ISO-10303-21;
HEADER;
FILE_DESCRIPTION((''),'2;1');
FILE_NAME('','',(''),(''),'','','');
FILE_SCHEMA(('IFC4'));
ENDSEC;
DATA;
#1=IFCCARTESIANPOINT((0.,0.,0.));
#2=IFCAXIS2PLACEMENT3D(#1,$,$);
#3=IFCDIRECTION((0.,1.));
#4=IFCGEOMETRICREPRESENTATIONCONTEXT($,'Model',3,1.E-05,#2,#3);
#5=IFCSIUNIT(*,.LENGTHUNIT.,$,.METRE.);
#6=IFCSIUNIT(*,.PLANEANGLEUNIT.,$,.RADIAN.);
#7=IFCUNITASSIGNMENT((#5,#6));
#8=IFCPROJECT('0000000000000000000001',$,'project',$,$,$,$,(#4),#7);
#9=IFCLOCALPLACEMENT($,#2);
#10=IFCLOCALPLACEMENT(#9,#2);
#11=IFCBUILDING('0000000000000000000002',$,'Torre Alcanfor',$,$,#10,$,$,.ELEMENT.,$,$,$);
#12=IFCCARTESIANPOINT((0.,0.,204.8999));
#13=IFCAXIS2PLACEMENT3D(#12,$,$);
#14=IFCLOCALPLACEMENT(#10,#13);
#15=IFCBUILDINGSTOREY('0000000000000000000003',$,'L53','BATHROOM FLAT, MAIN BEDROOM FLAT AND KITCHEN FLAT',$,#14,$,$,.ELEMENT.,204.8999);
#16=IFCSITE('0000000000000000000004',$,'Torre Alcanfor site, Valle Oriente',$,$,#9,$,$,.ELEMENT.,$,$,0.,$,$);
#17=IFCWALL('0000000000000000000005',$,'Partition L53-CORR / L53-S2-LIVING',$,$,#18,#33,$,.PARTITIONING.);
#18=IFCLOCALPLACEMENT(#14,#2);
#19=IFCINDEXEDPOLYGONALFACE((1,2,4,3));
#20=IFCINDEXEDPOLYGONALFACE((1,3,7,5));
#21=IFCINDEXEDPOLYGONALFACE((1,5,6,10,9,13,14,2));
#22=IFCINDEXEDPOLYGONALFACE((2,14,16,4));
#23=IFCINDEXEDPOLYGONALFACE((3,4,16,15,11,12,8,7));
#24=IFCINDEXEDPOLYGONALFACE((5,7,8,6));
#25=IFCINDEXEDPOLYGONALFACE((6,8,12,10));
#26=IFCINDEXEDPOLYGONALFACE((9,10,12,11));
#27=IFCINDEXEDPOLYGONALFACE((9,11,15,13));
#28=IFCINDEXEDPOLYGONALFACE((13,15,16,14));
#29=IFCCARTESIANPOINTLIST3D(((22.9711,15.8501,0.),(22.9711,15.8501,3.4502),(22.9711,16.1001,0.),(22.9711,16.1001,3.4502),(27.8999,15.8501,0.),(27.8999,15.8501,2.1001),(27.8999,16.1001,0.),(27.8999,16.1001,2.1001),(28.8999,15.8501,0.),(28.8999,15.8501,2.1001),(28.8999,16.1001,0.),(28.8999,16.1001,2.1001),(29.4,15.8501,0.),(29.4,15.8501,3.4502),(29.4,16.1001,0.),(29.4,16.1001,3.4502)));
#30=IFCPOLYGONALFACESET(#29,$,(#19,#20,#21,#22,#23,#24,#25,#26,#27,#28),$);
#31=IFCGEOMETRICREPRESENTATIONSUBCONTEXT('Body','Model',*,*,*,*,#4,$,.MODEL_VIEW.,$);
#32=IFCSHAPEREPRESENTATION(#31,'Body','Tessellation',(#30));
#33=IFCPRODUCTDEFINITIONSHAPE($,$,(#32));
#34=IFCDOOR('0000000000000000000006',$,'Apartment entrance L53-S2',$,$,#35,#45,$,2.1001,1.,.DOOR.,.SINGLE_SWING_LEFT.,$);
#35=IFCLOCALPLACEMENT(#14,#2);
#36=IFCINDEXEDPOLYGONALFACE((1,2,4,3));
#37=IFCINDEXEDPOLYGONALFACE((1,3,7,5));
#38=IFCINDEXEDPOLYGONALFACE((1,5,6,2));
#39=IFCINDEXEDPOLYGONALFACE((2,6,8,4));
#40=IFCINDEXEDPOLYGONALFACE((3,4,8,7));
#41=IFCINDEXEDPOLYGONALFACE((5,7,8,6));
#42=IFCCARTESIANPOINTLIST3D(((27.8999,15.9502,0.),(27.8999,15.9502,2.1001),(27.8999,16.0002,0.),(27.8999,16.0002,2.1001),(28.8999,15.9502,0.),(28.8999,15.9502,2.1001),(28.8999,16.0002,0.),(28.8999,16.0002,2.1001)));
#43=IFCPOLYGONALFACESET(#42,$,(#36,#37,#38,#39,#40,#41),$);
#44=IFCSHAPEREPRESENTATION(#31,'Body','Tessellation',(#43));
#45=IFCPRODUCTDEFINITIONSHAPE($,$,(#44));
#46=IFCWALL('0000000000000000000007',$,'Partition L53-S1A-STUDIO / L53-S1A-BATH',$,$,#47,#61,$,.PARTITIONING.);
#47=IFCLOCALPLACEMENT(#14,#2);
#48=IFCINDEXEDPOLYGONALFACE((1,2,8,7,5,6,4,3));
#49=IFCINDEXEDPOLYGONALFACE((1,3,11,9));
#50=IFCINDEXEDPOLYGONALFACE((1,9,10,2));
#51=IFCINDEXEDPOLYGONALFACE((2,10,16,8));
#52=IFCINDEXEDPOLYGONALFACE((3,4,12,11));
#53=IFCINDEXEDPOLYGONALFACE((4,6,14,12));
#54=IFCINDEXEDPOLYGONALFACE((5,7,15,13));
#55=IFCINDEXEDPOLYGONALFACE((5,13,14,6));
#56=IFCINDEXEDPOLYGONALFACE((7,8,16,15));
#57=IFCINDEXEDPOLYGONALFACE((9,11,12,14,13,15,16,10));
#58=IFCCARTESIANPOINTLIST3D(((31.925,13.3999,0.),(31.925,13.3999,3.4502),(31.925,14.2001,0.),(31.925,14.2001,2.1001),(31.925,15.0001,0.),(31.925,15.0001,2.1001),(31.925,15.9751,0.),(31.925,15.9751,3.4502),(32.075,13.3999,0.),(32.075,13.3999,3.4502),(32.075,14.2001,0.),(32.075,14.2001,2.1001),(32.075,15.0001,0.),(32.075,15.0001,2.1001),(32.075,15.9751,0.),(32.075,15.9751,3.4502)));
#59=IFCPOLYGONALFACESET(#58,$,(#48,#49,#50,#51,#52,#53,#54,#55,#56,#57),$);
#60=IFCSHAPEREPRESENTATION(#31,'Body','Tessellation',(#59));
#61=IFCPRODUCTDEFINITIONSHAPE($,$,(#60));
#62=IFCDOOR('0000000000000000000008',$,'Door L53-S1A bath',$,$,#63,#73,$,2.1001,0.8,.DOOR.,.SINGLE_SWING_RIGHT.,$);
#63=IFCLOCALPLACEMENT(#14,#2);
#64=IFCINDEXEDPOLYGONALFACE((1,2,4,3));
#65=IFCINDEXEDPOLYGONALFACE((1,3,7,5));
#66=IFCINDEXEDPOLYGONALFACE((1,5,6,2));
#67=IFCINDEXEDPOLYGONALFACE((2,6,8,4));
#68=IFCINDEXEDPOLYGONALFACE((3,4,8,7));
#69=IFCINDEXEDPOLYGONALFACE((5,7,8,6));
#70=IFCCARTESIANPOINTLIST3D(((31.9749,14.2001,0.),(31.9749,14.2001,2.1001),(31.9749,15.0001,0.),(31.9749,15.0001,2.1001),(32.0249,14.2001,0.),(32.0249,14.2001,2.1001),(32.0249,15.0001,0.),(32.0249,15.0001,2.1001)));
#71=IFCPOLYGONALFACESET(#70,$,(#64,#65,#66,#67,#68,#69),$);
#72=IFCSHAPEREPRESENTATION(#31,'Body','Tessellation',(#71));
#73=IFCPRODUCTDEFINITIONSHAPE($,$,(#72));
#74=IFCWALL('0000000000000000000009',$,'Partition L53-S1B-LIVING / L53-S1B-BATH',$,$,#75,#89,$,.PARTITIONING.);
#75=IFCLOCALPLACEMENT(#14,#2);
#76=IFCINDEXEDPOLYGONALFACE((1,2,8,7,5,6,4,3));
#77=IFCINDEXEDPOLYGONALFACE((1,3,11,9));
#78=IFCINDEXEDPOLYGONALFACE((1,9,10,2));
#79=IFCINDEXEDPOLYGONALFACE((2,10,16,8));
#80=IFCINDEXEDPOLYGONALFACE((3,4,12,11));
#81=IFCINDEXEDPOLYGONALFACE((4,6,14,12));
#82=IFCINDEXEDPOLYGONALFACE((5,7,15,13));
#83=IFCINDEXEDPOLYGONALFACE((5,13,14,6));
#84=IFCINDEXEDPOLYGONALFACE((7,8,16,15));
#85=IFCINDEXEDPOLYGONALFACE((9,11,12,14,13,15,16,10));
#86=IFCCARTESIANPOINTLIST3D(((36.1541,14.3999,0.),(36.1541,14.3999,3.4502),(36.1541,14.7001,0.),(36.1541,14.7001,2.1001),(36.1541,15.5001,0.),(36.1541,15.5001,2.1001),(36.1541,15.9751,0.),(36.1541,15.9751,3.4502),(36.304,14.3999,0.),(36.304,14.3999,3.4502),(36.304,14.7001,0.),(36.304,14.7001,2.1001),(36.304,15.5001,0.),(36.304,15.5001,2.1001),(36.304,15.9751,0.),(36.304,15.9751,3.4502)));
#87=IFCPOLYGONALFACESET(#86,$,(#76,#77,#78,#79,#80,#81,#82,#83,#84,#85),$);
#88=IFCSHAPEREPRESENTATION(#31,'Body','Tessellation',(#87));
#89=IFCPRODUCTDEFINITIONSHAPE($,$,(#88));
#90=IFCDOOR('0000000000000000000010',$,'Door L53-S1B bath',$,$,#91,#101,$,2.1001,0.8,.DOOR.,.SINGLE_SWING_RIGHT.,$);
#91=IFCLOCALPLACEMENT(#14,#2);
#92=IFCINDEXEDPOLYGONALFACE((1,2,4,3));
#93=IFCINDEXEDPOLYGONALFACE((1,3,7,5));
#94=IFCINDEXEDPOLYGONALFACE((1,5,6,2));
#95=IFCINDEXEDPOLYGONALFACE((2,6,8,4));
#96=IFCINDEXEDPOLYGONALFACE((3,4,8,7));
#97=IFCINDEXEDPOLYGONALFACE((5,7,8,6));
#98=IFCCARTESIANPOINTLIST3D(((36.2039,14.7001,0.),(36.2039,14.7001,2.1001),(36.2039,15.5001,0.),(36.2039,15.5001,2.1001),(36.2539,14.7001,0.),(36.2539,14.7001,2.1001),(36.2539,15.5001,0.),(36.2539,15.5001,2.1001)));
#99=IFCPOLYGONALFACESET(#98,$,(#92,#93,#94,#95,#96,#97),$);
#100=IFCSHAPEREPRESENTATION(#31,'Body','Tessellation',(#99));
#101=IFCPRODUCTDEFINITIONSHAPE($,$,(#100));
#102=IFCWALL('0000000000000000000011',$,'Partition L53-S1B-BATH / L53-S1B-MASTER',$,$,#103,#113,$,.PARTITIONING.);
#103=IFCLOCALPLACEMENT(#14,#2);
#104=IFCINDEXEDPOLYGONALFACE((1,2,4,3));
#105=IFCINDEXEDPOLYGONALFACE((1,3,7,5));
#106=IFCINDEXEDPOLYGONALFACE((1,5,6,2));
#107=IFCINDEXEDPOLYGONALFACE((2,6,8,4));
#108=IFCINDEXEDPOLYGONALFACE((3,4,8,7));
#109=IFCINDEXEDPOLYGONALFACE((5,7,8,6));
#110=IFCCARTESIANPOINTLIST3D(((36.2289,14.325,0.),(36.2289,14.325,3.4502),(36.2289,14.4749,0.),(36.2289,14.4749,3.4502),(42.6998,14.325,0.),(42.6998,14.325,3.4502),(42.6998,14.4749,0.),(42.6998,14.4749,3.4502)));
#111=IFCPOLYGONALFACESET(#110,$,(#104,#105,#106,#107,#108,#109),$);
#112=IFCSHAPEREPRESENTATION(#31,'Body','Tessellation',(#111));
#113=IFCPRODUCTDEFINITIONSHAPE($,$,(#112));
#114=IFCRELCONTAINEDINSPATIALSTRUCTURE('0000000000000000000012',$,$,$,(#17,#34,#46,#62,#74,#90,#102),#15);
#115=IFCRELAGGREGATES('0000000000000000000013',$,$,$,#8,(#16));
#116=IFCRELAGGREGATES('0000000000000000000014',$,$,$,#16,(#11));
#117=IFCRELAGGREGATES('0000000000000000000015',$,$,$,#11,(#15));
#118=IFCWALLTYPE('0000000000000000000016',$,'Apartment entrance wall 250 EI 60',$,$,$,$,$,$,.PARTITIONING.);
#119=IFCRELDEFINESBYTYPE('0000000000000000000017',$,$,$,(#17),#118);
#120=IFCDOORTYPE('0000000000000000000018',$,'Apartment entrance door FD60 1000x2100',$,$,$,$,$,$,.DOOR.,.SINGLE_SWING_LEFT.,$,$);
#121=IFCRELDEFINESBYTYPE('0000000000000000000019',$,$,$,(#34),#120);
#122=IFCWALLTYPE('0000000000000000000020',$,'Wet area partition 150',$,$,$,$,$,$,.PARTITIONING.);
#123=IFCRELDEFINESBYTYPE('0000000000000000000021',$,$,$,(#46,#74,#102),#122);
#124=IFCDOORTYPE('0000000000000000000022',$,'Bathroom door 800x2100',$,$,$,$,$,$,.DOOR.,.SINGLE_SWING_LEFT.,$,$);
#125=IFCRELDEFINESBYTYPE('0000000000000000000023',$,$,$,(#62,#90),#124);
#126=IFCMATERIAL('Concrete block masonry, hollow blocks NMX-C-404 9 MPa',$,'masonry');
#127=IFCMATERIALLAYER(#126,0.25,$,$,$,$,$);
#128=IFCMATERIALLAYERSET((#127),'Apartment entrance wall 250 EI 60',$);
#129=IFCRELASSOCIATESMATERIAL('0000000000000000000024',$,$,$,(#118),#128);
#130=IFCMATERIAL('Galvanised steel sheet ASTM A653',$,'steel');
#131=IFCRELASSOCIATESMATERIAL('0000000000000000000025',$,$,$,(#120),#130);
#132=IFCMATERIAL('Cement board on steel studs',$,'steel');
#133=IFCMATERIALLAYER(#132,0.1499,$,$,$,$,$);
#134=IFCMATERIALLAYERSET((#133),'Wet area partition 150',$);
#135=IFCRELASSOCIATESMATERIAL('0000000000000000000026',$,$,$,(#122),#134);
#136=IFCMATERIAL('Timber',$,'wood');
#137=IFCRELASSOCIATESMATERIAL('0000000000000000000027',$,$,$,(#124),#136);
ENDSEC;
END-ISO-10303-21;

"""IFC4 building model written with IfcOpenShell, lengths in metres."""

from ifc_helpers import new_model, si_unit, direction, frame, frame_2d, origin, place, context, subcontext, project, spatial, rectangle, extrude, material, layer, layer_set, type_object, element, fill, save


model = new_model("IFC4")

# Units and contexts
model_context = context("Model", 3, precision=1e-05, world=origin(), true_north=direction((0.0, 1.0)))
body_context = subcontext(model_context, "Body", "Model", "MODEL_VIEW")
ifc_project = project(units=[si_unit("LENGTHUNIT", "METRE"), si_unit("PLANEANGLEUNIT", "RADIAN")], contexts=[model_context])

# Site, building, storey
site_placement = place(None, origin())
site = spatial("IfcSite", under=ifc_project, at=site_placement, Name="Torre Alcanfor site, Valle Oriente", CompositionType="ELEMENT", RefElevation=0.0)
building_placement = place(site_placement, origin())
building = spatial("IfcBuilding", under=site, at=building_placement, Name="Torre Alcanfor", CompositionType="ELEMENT")
storey_placement = place(building_placement, frame((0.0, 0.0, 204.8999)))
storey = spatial("IfcBuildingStorey", under=building, at=storey_placement, Name="L53", Description="BATHROOM FLAT, MAIN BEDROOM FLAT AND KITCHEN FLAT", CompositionType="ELEMENT", Elevation=204.8999)

# Shared definitions
ifc_material_1 = material(Name="Concrete block masonry, hollow blocks NMX-C-404 9 MPa", Category="masonry")
ifc_layer_1 = layer(ifc_material_1, 0.25)
ifc_layer_set_1 = layer_set([ifc_layer_1], Name="Apartment entrance wall 250 EI 60")
wall_type_1 = type_object("IfcWallType", Name="Apartment entrance wall 250 EI 60", PredefinedType="PARTITIONING", material=ifc_layer_set_1)
ifc_material_2 = material(Name="Galvanised steel sheet ASTM A653", Category="steel")
door_type_1 = type_object("IfcDoorType", Name="Apartment entrance door FD60 1000x2100", OperationType="SINGLE_SWING_LEFT", PredefinedType="DOOR", material=ifc_material_2)

# Walls, openings, doors
wall_1_placement = place(storey_placement, frame((29.3999, 15.9751, 0.0), z_axis=(0.0, 0.0, 1.0), x_axis=(-1.0, 0.0, 0.0)))
wall_1 = element("IfcWall", 1, at=wall_1_placement, inside=storey, type_object=wall_type_1, Name="Partition L53-CORR / L53-S2-LIVING", PredefinedType="PARTITIONING", context=body_context, shape_type="SweptSolid", body=[
    extrude(rectangle(XDim=6.429, YDim=0.25, at=frame_2d((3.2144, 0.0))), origin(), (0.0, 0.0, 1.0), 3.4502),
])
opening_1_placement = place(wall_1_placement, frame((0.5, 0.0, 0.0)))
opening_1 = element("IfcOpeningElement", 2, at=opening_1_placement, cuts=wall_1, PredefinedType="OPENING", context=body_context, shape_type="SweptSolid", body=[
    extrude(rectangle(XDim=1.0, YDim=2.1001, at=frame_2d((0.5, 1.05))), frame((0.0, 0.135, 0.0), z_axis=(0.0, -1.0, 0.0), x_axis=(1.0, 0.0, 0.0)), (0.0, 0.0, 1.0), 0.27),
])
door_1_placement = place(opening_1_placement, origin())
door_1 = element("IfcDoor", 3, at=door_1_placement, inside=storey, type_object=door_type_1, Name="Apartment entrance L53-S2", OperationType="SINGLE_SWING_LEFT", OverallHeight=2.1001, OverallWidth=1.0, PredefinedType="DOOR", context=body_context, shape_type="SweptSolid", body=[
    extrude(rectangle(XDim=1.0, YDim=2.1001, at=frame_2d((0.5, 1.05))), frame((0.0, 0.0249, 0.0), z_axis=(0.0, -1.0, 0.0), x_axis=(1.0, 0.0, 0.0)), (0.0, 0.0, 1.0), 0.05),
])
fill(opening_1, door_1)
ifc_material_3 = material(Name="Cement board on steel studs", Category="steel")
ifc_layer_2 = layer(ifc_material_3, 0.1499)
ifc_layer_set_2 = layer_set([ifc_layer_2], Name="Wet area partition 150")
wall_type_2 = type_object("IfcWallType", Name="Wet area partition 150", PredefinedType="PARTITIONING", material=ifc_layer_set_2)
wall_2_placement = place(storey_placement, frame((32.0, 15.9751, 0.0), z_axis=(0.0, 0.0, 1.0), x_axis=(0.0, -1.0, 0.0)))
wall_2 = element("IfcWall", 4, at=wall_2_placement, inside=storey, type_object=wall_type_2, Name="Partition L53-S1A-STUDIO / L53-S1A-BATH", PredefinedType="PARTITIONING", context=body_context, shape_type="SweptSolid", body=[
    extrude(rectangle(XDim=2.5752, YDim=0.1499, at=frame_2d((1.2876, 0.0))), origin(), (0.0, 0.0, 1.0), 3.4502),
])
opening_2_placement = place(wall_2_placement, frame((0.9751, 0.0, 0.0)))
opening_2 = element("IfcOpeningElement", 5, at=opening_2_placement, cuts=wall_2, PredefinedType="OPENING", context=body_context, shape_type="SweptSolid", body=[
    extrude(rectangle(XDim=0.8, YDim=2.1001, at=frame_2d((0.3999, 1.05))), frame((0.0, 0.085, 0.0), z_axis=(0.0, -1.0, 0.0), x_axis=(1.0, 0.0, 0.0)), (0.0, 0.0, 1.0), 0.1699),
])
ifc_material_4 = material(Name="Timber", Category="wood")
door_type_2 = type_object("IfcDoorType", Name="Bathroom door 800x2100", OperationType="SINGLE_SWING_LEFT", PredefinedType="DOOR", material=ifc_material_4)
door_2_placement = place(opening_2_placement, origin())
door_2 = element("IfcDoor", 6, at=door_2_placement, inside=storey, type_object=door_type_2, Name="Door L53-S1A bath", OperationType="SINGLE_SWING_RIGHT", OverallHeight=2.1001, OverallWidth=0.8, PredefinedType="DOOR", context=body_context, shape_type="SweptSolid", body=[
    extrude(rectangle(XDim=0.8, YDim=2.1001, at=frame_2d((0.3999, 1.05))), frame((0.0, 0.0249, 0.0), z_axis=(0.0, -1.0, 0.0), x_axis=(1.0, 0.0, 0.0)), (0.0, 0.0, 1.0), 0.05),
])
fill(opening_2, door_2)
wall_3_placement = place(storey_placement, frame((36.229, 15.9751, 0.0), z_axis=(0.0, 0.0, 1.0), x_axis=(0.0, -1.0, 0.0)))
wall_3 = element("IfcWall", 7, at=wall_3_placement, inside=storey, type_object=wall_type_2, Name="Partition L53-S1B-LIVING / L53-S1B-BATH", PredefinedType="PARTITIONING", context=body_context, shape_type="SweptSolid", body=[
    extrude(rectangle(XDim=1.5752, YDim=0.1499, at=frame_2d((0.7876, 0.0))), origin(), (0.0, 0.0, 1.0), 3.4502),
])
opening_3_placement = place(wall_3_placement, frame((0.4751, 0.0, 0.0)))
opening_3 = element("IfcOpeningElement", 8, at=opening_3_placement, cuts=wall_3, PredefinedType="OPENING", context=body_context, shape_type="SweptSolid", body=[
    extrude(rectangle(XDim=0.8, YDim=2.1001, at=frame_2d((0.3999, 1.05))), frame((0.0, 0.085, 0.0), z_axis=(0.0, -1.0, 0.0), x_axis=(1.0, 0.0, 0.0)), (0.0, 0.0, 1.0), 0.1699),
])
door_3_placement = place(opening_3_placement, origin())
door_3 = element("IfcDoor", 9, at=door_3_placement, inside=storey, type_object=door_type_2, Name="Door L53-S1B bath", OperationType="SINGLE_SWING_RIGHT", OverallHeight=2.1001, OverallWidth=0.8, PredefinedType="DOOR", context=body_context, shape_type="SweptSolid", body=[
    extrude(rectangle(XDim=0.8, YDim=2.1001, at=frame_2d((0.3999, 1.05))), frame((0.0, 0.0249, 0.0), z_axis=(0.0, -1.0, 0.0), x_axis=(1.0, 0.0, 0.0)), (0.0, 0.0, 1.0), 0.05),
])
fill(opening_3, door_3)

# Wall
wall_4_placement = place(storey_placement, frame((36.229, 14.3999, 0.0), z_axis=(0.0, 0.0, 1.0), x_axis=(1.0, 0.0, 0.0)))
element("IfcWall", 10, at=wall_4_placement, inside=storey, type_object=wall_type_2, Name="Partition L53-S1B-BATH / L53-S1B-MASTER", PredefinedType="PARTITIONING", context=body_context, shape_type="SweptSolid", body=[
    extrude(rectangle(XDim=6.4709, YDim=0.1499, at=frame_2d((3.2354, 0.0))), origin(), (0.0, 0.0, 1.0), 3.4502),
])

save(model, "model.ifc")
